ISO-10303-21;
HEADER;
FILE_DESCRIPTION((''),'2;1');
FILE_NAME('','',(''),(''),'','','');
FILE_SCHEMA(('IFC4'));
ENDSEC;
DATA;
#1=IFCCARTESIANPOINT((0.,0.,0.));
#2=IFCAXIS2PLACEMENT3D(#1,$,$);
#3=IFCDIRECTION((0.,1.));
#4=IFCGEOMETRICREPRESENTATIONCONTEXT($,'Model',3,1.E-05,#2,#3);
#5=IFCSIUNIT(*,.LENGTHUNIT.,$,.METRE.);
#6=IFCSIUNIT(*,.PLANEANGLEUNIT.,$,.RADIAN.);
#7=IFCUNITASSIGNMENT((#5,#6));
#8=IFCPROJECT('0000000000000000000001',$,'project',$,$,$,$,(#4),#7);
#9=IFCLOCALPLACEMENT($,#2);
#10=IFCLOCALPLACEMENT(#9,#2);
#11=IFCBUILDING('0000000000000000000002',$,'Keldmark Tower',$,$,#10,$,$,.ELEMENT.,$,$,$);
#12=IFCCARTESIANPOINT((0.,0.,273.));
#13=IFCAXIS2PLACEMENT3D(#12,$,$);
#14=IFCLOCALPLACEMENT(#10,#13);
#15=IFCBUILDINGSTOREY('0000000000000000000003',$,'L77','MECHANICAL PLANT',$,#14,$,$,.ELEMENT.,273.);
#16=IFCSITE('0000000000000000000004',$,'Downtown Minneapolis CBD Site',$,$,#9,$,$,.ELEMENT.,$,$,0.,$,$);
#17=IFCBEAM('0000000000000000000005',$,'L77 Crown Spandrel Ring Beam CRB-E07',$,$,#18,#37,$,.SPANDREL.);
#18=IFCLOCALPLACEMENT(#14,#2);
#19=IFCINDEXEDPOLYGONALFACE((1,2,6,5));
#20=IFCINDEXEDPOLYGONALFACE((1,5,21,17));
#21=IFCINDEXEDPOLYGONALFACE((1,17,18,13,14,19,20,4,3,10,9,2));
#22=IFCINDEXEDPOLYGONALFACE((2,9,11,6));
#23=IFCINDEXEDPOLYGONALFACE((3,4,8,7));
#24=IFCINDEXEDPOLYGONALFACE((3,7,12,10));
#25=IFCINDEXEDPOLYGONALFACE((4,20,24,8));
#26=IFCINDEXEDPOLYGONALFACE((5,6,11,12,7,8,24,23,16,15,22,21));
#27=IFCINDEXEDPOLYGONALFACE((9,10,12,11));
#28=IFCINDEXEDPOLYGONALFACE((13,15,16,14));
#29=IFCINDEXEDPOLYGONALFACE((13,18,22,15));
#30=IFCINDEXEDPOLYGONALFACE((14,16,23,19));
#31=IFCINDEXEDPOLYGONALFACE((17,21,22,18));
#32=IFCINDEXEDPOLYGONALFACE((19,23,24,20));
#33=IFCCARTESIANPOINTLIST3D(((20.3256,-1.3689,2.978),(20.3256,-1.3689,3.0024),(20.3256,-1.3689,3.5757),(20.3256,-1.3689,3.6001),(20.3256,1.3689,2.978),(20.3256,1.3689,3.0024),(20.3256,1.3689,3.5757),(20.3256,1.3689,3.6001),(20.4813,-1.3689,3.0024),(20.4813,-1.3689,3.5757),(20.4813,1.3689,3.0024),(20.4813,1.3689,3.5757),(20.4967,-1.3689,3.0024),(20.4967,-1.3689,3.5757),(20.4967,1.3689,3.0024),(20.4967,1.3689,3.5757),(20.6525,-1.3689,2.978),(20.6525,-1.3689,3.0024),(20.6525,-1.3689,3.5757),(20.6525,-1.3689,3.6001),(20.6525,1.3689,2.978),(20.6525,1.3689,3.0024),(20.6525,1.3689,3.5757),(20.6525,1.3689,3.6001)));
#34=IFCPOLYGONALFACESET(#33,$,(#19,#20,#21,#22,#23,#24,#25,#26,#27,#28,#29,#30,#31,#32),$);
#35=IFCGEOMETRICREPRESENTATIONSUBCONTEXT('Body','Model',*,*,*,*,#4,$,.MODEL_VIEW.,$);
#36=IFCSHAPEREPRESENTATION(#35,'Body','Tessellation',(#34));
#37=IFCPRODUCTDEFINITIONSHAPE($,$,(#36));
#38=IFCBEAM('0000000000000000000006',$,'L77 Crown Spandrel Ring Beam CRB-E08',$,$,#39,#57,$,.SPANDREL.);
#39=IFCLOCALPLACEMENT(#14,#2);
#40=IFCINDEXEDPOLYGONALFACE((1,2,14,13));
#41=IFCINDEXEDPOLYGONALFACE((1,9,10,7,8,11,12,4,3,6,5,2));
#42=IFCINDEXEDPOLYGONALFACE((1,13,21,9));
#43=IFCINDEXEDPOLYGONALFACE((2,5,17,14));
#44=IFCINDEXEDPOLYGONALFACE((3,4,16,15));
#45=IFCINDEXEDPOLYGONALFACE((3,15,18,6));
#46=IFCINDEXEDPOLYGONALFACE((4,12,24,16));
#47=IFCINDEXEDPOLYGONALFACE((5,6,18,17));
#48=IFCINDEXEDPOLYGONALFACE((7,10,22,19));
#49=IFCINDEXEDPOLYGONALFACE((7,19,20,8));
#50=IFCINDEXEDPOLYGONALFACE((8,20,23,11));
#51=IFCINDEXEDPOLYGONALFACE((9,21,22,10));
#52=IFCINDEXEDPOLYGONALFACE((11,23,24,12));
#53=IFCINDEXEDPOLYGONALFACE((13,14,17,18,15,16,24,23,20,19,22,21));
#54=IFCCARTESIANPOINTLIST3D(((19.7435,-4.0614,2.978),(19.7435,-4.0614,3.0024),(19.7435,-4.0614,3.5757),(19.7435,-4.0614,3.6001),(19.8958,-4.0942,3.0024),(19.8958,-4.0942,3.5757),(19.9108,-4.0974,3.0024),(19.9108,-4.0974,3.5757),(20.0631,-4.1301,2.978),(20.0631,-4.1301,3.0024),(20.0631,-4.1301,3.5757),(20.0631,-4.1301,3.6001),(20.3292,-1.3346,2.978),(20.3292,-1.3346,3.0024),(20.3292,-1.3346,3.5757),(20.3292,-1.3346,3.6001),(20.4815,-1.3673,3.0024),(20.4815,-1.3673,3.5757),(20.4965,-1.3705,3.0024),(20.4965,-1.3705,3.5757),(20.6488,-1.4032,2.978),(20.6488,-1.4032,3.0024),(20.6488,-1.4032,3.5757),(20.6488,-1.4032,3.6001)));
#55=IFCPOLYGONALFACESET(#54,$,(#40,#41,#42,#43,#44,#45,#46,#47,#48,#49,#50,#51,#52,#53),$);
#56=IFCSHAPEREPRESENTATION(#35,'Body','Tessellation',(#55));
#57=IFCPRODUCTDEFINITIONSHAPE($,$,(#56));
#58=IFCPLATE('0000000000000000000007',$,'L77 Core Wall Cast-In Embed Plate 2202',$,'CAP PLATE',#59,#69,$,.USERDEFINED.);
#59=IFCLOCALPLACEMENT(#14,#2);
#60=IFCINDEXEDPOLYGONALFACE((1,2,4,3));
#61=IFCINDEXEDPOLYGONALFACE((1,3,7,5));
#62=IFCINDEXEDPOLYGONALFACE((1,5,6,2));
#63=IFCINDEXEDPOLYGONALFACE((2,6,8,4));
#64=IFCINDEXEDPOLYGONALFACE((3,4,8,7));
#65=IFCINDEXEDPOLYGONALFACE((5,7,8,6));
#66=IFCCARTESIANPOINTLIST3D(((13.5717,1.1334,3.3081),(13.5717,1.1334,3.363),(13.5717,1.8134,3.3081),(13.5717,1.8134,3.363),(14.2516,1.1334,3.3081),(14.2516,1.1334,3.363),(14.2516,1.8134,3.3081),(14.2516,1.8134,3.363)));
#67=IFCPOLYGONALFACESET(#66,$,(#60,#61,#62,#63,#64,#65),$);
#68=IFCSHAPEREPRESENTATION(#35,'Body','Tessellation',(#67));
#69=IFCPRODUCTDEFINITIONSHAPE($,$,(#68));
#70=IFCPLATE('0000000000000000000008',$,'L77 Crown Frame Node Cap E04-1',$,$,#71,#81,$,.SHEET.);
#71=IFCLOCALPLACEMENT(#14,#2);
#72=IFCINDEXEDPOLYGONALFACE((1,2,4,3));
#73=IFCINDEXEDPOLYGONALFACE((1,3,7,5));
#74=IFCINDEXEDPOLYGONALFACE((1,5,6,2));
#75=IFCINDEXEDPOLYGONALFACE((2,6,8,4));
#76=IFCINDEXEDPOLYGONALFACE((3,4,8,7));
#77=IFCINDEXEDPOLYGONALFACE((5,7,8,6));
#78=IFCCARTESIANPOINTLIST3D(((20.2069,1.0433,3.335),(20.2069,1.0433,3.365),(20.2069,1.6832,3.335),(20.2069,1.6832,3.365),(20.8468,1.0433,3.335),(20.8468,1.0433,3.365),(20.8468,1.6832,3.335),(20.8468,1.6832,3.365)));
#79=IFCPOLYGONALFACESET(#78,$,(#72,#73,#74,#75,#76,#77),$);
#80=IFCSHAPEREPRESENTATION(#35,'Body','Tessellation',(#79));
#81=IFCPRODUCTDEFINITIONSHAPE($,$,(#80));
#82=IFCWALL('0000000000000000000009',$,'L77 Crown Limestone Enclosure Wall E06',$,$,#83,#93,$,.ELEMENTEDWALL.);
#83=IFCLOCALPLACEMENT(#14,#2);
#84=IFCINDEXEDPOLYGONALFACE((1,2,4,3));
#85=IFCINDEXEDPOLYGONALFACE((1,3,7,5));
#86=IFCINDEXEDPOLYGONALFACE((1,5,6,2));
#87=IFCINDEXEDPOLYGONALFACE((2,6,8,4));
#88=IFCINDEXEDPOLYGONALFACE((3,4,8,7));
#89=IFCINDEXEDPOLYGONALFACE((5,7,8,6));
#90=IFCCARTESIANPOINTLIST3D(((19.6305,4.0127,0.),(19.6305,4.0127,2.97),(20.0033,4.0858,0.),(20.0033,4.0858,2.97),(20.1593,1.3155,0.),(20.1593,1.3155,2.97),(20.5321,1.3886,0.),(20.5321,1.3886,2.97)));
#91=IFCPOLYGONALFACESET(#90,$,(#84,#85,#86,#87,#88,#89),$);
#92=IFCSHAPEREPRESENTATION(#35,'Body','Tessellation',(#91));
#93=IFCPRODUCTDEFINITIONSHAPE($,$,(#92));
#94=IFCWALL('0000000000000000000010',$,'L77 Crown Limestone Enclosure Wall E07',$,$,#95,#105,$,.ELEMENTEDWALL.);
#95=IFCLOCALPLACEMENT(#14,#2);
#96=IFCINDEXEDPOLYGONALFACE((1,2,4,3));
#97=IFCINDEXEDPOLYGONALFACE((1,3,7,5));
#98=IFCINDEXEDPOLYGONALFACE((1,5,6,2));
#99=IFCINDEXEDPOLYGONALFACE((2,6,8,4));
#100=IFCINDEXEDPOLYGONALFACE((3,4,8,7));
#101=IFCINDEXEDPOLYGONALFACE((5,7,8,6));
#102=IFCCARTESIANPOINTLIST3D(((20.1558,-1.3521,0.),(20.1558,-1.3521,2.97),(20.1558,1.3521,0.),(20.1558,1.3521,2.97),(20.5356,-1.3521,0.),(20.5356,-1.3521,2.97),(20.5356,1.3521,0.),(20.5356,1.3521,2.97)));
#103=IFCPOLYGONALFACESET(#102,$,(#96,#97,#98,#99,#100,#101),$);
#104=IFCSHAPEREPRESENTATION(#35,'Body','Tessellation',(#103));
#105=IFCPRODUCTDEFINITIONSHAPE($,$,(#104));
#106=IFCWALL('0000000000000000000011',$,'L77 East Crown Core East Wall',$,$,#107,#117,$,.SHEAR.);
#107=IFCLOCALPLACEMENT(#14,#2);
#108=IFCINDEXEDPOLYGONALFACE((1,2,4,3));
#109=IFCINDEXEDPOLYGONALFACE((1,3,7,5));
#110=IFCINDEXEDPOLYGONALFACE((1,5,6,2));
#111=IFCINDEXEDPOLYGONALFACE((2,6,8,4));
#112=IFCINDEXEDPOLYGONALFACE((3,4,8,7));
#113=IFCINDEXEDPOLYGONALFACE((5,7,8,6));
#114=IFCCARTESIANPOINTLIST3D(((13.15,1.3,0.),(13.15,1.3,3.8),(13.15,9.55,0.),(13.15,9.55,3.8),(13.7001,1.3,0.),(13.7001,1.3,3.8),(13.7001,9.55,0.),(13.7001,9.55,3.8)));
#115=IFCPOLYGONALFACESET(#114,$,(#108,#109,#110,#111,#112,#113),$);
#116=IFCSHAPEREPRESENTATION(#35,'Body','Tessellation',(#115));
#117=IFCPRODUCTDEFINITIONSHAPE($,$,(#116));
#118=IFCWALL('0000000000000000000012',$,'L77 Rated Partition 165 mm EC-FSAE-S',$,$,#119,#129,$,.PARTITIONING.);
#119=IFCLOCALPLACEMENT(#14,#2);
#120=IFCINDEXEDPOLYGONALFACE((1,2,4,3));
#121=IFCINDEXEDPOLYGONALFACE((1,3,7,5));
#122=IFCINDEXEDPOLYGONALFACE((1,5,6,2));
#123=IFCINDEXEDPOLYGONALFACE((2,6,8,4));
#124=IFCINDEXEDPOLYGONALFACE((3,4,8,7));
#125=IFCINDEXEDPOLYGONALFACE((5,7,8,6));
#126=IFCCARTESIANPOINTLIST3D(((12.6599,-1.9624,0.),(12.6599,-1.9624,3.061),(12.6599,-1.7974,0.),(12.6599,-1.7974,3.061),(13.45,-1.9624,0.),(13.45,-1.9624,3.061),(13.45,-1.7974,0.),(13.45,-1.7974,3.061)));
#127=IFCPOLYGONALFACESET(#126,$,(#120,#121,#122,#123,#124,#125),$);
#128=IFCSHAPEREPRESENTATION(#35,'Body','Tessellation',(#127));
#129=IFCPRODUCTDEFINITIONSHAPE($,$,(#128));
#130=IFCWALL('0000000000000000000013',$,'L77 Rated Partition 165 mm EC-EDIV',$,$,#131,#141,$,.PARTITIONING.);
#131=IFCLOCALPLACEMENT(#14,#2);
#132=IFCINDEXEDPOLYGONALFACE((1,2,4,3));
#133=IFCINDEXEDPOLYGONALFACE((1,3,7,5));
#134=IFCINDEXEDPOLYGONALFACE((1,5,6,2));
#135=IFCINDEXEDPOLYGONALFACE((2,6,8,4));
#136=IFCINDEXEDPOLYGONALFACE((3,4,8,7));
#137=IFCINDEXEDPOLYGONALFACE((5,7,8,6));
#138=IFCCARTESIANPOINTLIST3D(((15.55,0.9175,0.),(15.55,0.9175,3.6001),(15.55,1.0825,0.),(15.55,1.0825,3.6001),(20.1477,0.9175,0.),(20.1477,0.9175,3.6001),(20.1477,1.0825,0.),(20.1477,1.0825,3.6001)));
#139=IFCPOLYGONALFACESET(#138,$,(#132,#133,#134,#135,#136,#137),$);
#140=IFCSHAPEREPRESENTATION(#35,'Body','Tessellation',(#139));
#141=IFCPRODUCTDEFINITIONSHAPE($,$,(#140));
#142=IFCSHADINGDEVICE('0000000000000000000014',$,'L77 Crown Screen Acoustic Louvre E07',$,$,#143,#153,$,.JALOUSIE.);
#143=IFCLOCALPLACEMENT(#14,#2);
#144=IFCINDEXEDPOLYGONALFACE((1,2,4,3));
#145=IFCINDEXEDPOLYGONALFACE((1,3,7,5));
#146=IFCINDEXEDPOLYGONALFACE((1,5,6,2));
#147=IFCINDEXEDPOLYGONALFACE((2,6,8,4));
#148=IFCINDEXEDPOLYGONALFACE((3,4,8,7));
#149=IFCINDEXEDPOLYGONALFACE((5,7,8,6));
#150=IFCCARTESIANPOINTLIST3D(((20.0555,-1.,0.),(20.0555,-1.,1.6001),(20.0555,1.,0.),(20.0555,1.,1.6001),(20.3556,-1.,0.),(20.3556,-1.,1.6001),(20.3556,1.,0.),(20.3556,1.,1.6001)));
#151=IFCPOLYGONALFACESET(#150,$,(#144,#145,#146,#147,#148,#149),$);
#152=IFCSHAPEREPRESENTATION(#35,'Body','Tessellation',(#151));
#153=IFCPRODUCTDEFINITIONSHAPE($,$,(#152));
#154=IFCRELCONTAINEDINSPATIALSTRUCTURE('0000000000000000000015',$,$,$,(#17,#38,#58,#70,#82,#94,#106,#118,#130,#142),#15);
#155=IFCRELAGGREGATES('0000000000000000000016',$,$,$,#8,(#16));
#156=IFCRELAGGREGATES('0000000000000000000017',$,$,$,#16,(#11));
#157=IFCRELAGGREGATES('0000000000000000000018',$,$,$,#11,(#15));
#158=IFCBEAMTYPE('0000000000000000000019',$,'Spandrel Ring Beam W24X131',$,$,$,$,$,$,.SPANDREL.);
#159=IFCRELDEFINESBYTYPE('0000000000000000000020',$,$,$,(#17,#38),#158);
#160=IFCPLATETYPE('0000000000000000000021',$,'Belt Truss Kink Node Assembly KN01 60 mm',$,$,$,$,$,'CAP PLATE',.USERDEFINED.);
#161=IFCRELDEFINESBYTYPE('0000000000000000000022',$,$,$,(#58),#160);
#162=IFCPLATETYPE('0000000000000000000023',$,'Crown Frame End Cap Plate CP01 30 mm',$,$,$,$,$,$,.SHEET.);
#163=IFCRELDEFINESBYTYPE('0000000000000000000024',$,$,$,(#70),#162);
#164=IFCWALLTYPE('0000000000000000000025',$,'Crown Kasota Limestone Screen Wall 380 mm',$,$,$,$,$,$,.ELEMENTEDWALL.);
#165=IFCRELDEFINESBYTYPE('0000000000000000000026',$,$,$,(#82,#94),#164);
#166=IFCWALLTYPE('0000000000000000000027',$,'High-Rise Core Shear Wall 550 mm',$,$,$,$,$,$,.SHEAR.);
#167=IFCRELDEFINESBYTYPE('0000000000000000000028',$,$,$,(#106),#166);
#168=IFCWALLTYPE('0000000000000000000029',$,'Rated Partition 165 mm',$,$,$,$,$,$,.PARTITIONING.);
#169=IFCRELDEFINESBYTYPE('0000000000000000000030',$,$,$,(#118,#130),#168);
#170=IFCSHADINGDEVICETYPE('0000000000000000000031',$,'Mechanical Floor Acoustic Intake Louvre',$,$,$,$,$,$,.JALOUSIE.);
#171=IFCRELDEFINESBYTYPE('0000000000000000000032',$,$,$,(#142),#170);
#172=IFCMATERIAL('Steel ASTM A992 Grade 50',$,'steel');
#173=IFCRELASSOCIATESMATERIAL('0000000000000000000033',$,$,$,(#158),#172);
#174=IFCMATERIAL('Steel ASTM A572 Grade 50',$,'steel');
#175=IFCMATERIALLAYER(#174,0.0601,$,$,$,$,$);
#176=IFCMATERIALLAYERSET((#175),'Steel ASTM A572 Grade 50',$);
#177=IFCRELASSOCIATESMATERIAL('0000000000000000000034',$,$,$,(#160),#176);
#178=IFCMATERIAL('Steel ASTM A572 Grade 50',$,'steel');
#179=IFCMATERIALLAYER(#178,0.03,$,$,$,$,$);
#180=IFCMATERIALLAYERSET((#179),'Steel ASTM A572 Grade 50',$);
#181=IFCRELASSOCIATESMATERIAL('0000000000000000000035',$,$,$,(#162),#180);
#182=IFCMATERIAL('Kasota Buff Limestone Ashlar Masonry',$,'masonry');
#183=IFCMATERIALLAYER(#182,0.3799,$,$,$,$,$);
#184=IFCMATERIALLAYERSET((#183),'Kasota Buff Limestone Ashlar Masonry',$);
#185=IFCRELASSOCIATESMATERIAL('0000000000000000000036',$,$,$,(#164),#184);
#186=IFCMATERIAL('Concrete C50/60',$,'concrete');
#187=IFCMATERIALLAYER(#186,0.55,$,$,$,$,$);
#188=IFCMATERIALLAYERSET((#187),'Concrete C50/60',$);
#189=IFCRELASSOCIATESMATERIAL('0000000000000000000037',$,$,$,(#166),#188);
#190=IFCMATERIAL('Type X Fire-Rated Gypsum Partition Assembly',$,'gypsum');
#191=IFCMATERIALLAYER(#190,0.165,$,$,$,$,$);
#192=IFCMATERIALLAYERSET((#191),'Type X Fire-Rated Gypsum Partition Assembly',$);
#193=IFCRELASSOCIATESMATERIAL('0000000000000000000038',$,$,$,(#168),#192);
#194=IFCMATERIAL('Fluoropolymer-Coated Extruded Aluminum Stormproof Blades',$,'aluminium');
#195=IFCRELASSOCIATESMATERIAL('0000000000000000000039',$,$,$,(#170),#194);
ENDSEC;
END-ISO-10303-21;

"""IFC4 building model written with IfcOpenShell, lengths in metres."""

from ifc_helpers import new_model, si_unit, direction, frame, frame_2d, origin, origin_2d, place, context, subcontext, project, spatial, rectangle, i_section, extrude, material, layer, layer_set, material_profile, profile_set, type_object, element, save


model = new_model("IFC4")

# Units and contexts
model_context = context("Model", 3, precision=1e-05, world=origin(), true_north=direction((0.0, 1.0)))
body_context = subcontext(model_context, "Body", "Model", "MODEL_VIEW")
ifc_project = project(units=[si_unit("LENGTHUNIT", "METRE"), si_unit("PLANEANGLEUNIT", "RADIAN")], contexts=[model_context])

# Site, building, storey
site_placement = place(None, origin())
site = spatial("IfcSite", under=ifc_project, at=site_placement, Name="Downtown Minneapolis CBD Site", CompositionType="ELEMENT", RefElevation=0.0)
building_placement = place(site_placement, origin())
building = spatial("IfcBuilding", under=site, at=building_placement, Name="Keldmark Tower", CompositionType="ELEMENT")
storey_placement = place(building_placement, frame((0.0, 0.0, 273.0)))
storey = spatial("IfcBuildingStorey", under=building, at=storey_placement, Name="L77", Description="MECHANICAL PLANT", CompositionType="ELEMENT", Elevation=273.0)

# Beams
ifc_material_1 = material(Name="Steel ASTM A992 Grade 50", Category="steel")
ifc_material_profile_1 = material_profile(ifc_material_1, i_section(OverallWidth=0.3269, OverallDepth=0.6221, WebThickness=0.0154, FlangeThickness=0.0244, at=origin_2d()), Name="W24X131")
ifc_profile_set_1 = profile_set([ifc_material_profile_1], Name="Steel ASTM A992 Grade 50")
beam_type_1 = type_object("IfcBeamType", Name="Spandrel Ring Beam W24X131", PredefinedType="SPANDREL", material=ifc_profile_set_1)
beam_1_placement = place(storey_placement, frame((20.489, 1.3689, 3.2891), z_axis=(0.0, -1.0, 0.0), x_axis=(1.0, 0.0, 0.0)))
element("IfcBeam", 1, at=beam_1_placement, inside=storey, type_object=beam_type_1, Name="L77 Crown Spandrel Ring Beam CRB-E07", PredefinedType="SPANDREL", context=body_context, shape_type="SweptSolid", body=[
    extrude(i_section(OverallWidth=0.3269, OverallDepth=0.6221, WebThickness=0.0154, FlangeThickness=0.0244, at=origin_2d()), origin(), (0.0, 0.0, 1.0), 2.7378),
])
beam_2_placement = place(storey_placement, frame((20.489, -1.3689, 3.2891), z_axis=(-0.210001, -0.977701, 0.0), x_axis=(0.977701, -0.210001, 0.0)))
element("IfcBeam", 2, at=beam_2_placement, inside=storey, type_object=beam_type_1, Name="L77 Crown Spandrel Ring Beam CRB-E08", PredefinedType="SPANDREL", context=body_context, shape_type="SweptSolid", body=[
    extrude(i_section(OverallWidth=0.3269, OverallDepth=0.6221, WebThickness=0.0154, FlangeThickness=0.0244, at=origin_2d()), origin(), (0.0, 0.0, 1.0), 2.7891),
])

# Plates
ifc_material_2 = material(Name="Steel ASTM A572 Grade 50", Category="steel")
ifc_layer_1 = layer(ifc_material_2, 0.0601)
ifc_layer_set_1 = layer_set([ifc_layer_1], Name="Steel ASTM A572 Grade 50")
plate_type_1 = type_object("IfcPlateType", Name="Belt Truss Kink Node Assembly KN01 60 mm", ElementType="CAP PLATE", PredefinedType="USERDEFINED", material=ifc_layer_set_1)
plate_1_placement = place(storey_placement, frame((13.9116, 1.4734, 3.3081), z_axis=(0.0, 0.0, 1.0), x_axis=(1.0, 0.0, 0.0)))
element("IfcPlate", 3, at=plate_1_placement, inside=storey, type_object=plate_type_1, Name="L77 Core Wall Cast-In Embed Plate 2202", ObjectType="CAP PLATE", PredefinedType="USERDEFINED", context=body_context, shape_type="SweptSolid", body=[
    extrude(rectangle(XDim=0.6799, YDim=0.6799, at=origin_2d()), origin(), (0.0, 0.0, 1.0), 0.0549),
])
ifc_material_3 = material(Name="Steel ASTM A572 Grade 50", Category="steel")
ifc_layer_2 = layer(ifc_material_3, 0.03)
ifc_layer_set_2 = layer_set([ifc_layer_2], Name="Steel ASTM A572 Grade 50")
plate_type_2 = type_object("IfcPlateType", Name="Crown Frame End Cap Plate CP01 30 mm", PredefinedType="SHEET", material=ifc_layer_set_2)
plate_2_placement = place(storey_placement, frame((20.5269, 1.3633, 3.335), z_axis=(0.0, 0.0, 1.0), x_axis=(1.0, 0.0, 0.0)))
element("IfcPlate", 4, at=plate_2_placement, inside=storey, type_object=plate_type_2, Name="L77 Crown Frame Node Cap E04-1", PredefinedType="SHEET", context=body_context, shape_type="SweptSolid", body=[
    extrude(rectangle(XDim=0.6399, YDim=0.6399, at=origin_2d()), origin(), (0.0, 0.0, 1.0), 0.03),
])

# Walls
ifc_material_4 = material(Name="Kasota Buff Limestone Ashlar Masonry", Category="masonry")
ifc_layer_3 = layer(ifc_material_4, 0.3799)
ifc_layer_set_3 = layer_set([ifc_layer_3], Name="Kasota Buff Limestone Ashlar Masonry")
wall_type_1 = type_object("IfcWallType", Name="Crown Kasota Limestone Screen Wall 380 mm", PredefinedType="ELEMENTEDWALL", material=ifc_layer_set_3)
wall_1_placement = place(storey_placement, frame((20.3457, 1.3521, 0.0), z_axis=(0.0, 0.0, 1.0), x_axis=(-0.192391, 0.981318, 0.0)))
element("IfcWall", 5, at=wall_1_placement, inside=storey, type_object=wall_type_1, Name="L77 Crown Limestone Enclosure Wall E06", PredefinedType="ELEMENTEDWALL", context=body_context, shape_type="SweptSolid", body=[
    extrude(rectangle(XDim=2.7485, YDim=0.3799, at=frame_2d((1.3743, 0.0))), origin(), (0.0, 0.0, 1.0), 2.97),
])
wall_2_placement = place(storey_placement, frame((20.3457, -1.3521, 0.0), z_axis=(0.0, 0.0, 1.0), x_axis=(0.0, 1.0, 0.0)))
element("IfcWall", 6, at=wall_2_placement, inside=storey, type_object=wall_type_1, Name="L77 Crown Limestone Enclosure Wall E07", PredefinedType="ELEMENTEDWALL", context=body_context, shape_type="SweptSolid", body=[
    extrude(rectangle(XDim=2.7041, YDim=0.3799, at=frame_2d((1.3521, 0.0))), origin(), (0.0, 0.0, 1.0), 2.97),
])
ifc_material_5 = material(Name="Concrete C50/60", Category="concrete")
ifc_layer_4 = layer(ifc_material_5, 0.55)
ifc_layer_set_4 = layer_set([ifc_layer_4], Name="Concrete C50/60")
wall_type_2 = type_object("IfcWallType", Name="High-Rise Core Shear Wall 550 mm", PredefinedType="SHEAR", material=ifc_layer_set_4)
wall_3_placement = place(storey_placement, frame((13.425, 1.3, 0.0), z_axis=(0.0, 0.0, 1.0), x_axis=(0.0, 1.0, 0.0)))
element("IfcWall", 7, at=wall_3_placement, inside=storey, type_object=wall_type_2, Name="L77 East Crown Core East Wall", PredefinedType="SHEAR", context=body_context, shape_type="SweptSolid", body=[
    extrude(rectangle(XDim=8.25, YDim=0.55, at=frame_2d((4.125, 0.0))), origin(), (0.0, 0.0, 1.0), 3.8),
])

# Shared definitions
ifc_material_6 = material(Name="Type X Fire-Rated Gypsum Partition Assembly", Category="gypsum")
ifc_layer_5 = layer(ifc_material_6, 0.165)
ifc_layer_set_5 = layer_set([ifc_layer_5], Name="Type X Fire-Rated Gypsum Partition Assembly")
wall_type_3 = type_object("IfcWallType", Name="Rated Partition 165 mm", PredefinedType="PARTITIONING", material=ifc_layer_set_5)

# Walls
wall_4_placement = place(storey_placement, frame((12.6599, -1.8799, 0.0), z_axis=(0.0, 0.0, 1.0), x_axis=(1.0, 0.0, 0.0)))
element("IfcWall", 8, at=wall_4_placement, inside=storey, type_object=wall_type_3, Name="L77 Rated Partition 165 mm EC-FSAE-S", PredefinedType="PARTITIONING", context=body_context, shape_type="SweptSolid", body=[
    extrude(rectangle(XDim=0.79, YDim=0.165, at=frame_2d((0.395, 0.0))), origin(), (0.0, 0.0, 1.0), 3.061),
])
wall_5_placement = place(storey_placement, frame((15.55, 1.0, 0.0), z_axis=(0.0, 0.0, 1.0), x_axis=(1.0, 0.0, 0.0)))
element("IfcWall", 9, at=wall_5_placement, inside=storey, type_object=wall_type_3, Name="L77 Rated Partition 165 mm EC-EDIV", PredefinedType="PARTITIONING", context=body_context, shape_type="SweptSolid", body=[
    extrude(rectangle(XDim=4.5977, YDim=0.165, at=frame_2d((2.2988, 0.0))), origin(), (0.0, 0.0, 1.0), 3.6001),
])

# Shading device
ifc_material_7 = material(Name="Fluoropolymer-Coated Extruded Aluminum Stormproof Blades", Category="aluminium")
shading_device_type = type_object("IfcShadingDeviceType", Name="Mechanical Floor Acoustic Intake Louvre", PredefinedType="JALOUSIE", material=ifc_material_7)
shading_device_placement = place(storey_placement, frame((20.2056, 0.0, 0.0), z_axis=(0.0, 0.0, 1.0), x_axis=(0.0, 1.0, 0.0)))
element("IfcShadingDevice", 10, at=shading_device_placement, inside=storey, type_object=shading_device_type, Name="L77 Crown Screen Acoustic Louvre E07", PredefinedType="JALOUSIE", context=body_context, shape_type="SweptSolid", body=[
    extrude(rectangle(XDim=2.0, YDim=0.3, at=origin_2d()), origin(), (0.0, 0.0, 1.0), 1.6001),
])

save(model, "model.ifc")
